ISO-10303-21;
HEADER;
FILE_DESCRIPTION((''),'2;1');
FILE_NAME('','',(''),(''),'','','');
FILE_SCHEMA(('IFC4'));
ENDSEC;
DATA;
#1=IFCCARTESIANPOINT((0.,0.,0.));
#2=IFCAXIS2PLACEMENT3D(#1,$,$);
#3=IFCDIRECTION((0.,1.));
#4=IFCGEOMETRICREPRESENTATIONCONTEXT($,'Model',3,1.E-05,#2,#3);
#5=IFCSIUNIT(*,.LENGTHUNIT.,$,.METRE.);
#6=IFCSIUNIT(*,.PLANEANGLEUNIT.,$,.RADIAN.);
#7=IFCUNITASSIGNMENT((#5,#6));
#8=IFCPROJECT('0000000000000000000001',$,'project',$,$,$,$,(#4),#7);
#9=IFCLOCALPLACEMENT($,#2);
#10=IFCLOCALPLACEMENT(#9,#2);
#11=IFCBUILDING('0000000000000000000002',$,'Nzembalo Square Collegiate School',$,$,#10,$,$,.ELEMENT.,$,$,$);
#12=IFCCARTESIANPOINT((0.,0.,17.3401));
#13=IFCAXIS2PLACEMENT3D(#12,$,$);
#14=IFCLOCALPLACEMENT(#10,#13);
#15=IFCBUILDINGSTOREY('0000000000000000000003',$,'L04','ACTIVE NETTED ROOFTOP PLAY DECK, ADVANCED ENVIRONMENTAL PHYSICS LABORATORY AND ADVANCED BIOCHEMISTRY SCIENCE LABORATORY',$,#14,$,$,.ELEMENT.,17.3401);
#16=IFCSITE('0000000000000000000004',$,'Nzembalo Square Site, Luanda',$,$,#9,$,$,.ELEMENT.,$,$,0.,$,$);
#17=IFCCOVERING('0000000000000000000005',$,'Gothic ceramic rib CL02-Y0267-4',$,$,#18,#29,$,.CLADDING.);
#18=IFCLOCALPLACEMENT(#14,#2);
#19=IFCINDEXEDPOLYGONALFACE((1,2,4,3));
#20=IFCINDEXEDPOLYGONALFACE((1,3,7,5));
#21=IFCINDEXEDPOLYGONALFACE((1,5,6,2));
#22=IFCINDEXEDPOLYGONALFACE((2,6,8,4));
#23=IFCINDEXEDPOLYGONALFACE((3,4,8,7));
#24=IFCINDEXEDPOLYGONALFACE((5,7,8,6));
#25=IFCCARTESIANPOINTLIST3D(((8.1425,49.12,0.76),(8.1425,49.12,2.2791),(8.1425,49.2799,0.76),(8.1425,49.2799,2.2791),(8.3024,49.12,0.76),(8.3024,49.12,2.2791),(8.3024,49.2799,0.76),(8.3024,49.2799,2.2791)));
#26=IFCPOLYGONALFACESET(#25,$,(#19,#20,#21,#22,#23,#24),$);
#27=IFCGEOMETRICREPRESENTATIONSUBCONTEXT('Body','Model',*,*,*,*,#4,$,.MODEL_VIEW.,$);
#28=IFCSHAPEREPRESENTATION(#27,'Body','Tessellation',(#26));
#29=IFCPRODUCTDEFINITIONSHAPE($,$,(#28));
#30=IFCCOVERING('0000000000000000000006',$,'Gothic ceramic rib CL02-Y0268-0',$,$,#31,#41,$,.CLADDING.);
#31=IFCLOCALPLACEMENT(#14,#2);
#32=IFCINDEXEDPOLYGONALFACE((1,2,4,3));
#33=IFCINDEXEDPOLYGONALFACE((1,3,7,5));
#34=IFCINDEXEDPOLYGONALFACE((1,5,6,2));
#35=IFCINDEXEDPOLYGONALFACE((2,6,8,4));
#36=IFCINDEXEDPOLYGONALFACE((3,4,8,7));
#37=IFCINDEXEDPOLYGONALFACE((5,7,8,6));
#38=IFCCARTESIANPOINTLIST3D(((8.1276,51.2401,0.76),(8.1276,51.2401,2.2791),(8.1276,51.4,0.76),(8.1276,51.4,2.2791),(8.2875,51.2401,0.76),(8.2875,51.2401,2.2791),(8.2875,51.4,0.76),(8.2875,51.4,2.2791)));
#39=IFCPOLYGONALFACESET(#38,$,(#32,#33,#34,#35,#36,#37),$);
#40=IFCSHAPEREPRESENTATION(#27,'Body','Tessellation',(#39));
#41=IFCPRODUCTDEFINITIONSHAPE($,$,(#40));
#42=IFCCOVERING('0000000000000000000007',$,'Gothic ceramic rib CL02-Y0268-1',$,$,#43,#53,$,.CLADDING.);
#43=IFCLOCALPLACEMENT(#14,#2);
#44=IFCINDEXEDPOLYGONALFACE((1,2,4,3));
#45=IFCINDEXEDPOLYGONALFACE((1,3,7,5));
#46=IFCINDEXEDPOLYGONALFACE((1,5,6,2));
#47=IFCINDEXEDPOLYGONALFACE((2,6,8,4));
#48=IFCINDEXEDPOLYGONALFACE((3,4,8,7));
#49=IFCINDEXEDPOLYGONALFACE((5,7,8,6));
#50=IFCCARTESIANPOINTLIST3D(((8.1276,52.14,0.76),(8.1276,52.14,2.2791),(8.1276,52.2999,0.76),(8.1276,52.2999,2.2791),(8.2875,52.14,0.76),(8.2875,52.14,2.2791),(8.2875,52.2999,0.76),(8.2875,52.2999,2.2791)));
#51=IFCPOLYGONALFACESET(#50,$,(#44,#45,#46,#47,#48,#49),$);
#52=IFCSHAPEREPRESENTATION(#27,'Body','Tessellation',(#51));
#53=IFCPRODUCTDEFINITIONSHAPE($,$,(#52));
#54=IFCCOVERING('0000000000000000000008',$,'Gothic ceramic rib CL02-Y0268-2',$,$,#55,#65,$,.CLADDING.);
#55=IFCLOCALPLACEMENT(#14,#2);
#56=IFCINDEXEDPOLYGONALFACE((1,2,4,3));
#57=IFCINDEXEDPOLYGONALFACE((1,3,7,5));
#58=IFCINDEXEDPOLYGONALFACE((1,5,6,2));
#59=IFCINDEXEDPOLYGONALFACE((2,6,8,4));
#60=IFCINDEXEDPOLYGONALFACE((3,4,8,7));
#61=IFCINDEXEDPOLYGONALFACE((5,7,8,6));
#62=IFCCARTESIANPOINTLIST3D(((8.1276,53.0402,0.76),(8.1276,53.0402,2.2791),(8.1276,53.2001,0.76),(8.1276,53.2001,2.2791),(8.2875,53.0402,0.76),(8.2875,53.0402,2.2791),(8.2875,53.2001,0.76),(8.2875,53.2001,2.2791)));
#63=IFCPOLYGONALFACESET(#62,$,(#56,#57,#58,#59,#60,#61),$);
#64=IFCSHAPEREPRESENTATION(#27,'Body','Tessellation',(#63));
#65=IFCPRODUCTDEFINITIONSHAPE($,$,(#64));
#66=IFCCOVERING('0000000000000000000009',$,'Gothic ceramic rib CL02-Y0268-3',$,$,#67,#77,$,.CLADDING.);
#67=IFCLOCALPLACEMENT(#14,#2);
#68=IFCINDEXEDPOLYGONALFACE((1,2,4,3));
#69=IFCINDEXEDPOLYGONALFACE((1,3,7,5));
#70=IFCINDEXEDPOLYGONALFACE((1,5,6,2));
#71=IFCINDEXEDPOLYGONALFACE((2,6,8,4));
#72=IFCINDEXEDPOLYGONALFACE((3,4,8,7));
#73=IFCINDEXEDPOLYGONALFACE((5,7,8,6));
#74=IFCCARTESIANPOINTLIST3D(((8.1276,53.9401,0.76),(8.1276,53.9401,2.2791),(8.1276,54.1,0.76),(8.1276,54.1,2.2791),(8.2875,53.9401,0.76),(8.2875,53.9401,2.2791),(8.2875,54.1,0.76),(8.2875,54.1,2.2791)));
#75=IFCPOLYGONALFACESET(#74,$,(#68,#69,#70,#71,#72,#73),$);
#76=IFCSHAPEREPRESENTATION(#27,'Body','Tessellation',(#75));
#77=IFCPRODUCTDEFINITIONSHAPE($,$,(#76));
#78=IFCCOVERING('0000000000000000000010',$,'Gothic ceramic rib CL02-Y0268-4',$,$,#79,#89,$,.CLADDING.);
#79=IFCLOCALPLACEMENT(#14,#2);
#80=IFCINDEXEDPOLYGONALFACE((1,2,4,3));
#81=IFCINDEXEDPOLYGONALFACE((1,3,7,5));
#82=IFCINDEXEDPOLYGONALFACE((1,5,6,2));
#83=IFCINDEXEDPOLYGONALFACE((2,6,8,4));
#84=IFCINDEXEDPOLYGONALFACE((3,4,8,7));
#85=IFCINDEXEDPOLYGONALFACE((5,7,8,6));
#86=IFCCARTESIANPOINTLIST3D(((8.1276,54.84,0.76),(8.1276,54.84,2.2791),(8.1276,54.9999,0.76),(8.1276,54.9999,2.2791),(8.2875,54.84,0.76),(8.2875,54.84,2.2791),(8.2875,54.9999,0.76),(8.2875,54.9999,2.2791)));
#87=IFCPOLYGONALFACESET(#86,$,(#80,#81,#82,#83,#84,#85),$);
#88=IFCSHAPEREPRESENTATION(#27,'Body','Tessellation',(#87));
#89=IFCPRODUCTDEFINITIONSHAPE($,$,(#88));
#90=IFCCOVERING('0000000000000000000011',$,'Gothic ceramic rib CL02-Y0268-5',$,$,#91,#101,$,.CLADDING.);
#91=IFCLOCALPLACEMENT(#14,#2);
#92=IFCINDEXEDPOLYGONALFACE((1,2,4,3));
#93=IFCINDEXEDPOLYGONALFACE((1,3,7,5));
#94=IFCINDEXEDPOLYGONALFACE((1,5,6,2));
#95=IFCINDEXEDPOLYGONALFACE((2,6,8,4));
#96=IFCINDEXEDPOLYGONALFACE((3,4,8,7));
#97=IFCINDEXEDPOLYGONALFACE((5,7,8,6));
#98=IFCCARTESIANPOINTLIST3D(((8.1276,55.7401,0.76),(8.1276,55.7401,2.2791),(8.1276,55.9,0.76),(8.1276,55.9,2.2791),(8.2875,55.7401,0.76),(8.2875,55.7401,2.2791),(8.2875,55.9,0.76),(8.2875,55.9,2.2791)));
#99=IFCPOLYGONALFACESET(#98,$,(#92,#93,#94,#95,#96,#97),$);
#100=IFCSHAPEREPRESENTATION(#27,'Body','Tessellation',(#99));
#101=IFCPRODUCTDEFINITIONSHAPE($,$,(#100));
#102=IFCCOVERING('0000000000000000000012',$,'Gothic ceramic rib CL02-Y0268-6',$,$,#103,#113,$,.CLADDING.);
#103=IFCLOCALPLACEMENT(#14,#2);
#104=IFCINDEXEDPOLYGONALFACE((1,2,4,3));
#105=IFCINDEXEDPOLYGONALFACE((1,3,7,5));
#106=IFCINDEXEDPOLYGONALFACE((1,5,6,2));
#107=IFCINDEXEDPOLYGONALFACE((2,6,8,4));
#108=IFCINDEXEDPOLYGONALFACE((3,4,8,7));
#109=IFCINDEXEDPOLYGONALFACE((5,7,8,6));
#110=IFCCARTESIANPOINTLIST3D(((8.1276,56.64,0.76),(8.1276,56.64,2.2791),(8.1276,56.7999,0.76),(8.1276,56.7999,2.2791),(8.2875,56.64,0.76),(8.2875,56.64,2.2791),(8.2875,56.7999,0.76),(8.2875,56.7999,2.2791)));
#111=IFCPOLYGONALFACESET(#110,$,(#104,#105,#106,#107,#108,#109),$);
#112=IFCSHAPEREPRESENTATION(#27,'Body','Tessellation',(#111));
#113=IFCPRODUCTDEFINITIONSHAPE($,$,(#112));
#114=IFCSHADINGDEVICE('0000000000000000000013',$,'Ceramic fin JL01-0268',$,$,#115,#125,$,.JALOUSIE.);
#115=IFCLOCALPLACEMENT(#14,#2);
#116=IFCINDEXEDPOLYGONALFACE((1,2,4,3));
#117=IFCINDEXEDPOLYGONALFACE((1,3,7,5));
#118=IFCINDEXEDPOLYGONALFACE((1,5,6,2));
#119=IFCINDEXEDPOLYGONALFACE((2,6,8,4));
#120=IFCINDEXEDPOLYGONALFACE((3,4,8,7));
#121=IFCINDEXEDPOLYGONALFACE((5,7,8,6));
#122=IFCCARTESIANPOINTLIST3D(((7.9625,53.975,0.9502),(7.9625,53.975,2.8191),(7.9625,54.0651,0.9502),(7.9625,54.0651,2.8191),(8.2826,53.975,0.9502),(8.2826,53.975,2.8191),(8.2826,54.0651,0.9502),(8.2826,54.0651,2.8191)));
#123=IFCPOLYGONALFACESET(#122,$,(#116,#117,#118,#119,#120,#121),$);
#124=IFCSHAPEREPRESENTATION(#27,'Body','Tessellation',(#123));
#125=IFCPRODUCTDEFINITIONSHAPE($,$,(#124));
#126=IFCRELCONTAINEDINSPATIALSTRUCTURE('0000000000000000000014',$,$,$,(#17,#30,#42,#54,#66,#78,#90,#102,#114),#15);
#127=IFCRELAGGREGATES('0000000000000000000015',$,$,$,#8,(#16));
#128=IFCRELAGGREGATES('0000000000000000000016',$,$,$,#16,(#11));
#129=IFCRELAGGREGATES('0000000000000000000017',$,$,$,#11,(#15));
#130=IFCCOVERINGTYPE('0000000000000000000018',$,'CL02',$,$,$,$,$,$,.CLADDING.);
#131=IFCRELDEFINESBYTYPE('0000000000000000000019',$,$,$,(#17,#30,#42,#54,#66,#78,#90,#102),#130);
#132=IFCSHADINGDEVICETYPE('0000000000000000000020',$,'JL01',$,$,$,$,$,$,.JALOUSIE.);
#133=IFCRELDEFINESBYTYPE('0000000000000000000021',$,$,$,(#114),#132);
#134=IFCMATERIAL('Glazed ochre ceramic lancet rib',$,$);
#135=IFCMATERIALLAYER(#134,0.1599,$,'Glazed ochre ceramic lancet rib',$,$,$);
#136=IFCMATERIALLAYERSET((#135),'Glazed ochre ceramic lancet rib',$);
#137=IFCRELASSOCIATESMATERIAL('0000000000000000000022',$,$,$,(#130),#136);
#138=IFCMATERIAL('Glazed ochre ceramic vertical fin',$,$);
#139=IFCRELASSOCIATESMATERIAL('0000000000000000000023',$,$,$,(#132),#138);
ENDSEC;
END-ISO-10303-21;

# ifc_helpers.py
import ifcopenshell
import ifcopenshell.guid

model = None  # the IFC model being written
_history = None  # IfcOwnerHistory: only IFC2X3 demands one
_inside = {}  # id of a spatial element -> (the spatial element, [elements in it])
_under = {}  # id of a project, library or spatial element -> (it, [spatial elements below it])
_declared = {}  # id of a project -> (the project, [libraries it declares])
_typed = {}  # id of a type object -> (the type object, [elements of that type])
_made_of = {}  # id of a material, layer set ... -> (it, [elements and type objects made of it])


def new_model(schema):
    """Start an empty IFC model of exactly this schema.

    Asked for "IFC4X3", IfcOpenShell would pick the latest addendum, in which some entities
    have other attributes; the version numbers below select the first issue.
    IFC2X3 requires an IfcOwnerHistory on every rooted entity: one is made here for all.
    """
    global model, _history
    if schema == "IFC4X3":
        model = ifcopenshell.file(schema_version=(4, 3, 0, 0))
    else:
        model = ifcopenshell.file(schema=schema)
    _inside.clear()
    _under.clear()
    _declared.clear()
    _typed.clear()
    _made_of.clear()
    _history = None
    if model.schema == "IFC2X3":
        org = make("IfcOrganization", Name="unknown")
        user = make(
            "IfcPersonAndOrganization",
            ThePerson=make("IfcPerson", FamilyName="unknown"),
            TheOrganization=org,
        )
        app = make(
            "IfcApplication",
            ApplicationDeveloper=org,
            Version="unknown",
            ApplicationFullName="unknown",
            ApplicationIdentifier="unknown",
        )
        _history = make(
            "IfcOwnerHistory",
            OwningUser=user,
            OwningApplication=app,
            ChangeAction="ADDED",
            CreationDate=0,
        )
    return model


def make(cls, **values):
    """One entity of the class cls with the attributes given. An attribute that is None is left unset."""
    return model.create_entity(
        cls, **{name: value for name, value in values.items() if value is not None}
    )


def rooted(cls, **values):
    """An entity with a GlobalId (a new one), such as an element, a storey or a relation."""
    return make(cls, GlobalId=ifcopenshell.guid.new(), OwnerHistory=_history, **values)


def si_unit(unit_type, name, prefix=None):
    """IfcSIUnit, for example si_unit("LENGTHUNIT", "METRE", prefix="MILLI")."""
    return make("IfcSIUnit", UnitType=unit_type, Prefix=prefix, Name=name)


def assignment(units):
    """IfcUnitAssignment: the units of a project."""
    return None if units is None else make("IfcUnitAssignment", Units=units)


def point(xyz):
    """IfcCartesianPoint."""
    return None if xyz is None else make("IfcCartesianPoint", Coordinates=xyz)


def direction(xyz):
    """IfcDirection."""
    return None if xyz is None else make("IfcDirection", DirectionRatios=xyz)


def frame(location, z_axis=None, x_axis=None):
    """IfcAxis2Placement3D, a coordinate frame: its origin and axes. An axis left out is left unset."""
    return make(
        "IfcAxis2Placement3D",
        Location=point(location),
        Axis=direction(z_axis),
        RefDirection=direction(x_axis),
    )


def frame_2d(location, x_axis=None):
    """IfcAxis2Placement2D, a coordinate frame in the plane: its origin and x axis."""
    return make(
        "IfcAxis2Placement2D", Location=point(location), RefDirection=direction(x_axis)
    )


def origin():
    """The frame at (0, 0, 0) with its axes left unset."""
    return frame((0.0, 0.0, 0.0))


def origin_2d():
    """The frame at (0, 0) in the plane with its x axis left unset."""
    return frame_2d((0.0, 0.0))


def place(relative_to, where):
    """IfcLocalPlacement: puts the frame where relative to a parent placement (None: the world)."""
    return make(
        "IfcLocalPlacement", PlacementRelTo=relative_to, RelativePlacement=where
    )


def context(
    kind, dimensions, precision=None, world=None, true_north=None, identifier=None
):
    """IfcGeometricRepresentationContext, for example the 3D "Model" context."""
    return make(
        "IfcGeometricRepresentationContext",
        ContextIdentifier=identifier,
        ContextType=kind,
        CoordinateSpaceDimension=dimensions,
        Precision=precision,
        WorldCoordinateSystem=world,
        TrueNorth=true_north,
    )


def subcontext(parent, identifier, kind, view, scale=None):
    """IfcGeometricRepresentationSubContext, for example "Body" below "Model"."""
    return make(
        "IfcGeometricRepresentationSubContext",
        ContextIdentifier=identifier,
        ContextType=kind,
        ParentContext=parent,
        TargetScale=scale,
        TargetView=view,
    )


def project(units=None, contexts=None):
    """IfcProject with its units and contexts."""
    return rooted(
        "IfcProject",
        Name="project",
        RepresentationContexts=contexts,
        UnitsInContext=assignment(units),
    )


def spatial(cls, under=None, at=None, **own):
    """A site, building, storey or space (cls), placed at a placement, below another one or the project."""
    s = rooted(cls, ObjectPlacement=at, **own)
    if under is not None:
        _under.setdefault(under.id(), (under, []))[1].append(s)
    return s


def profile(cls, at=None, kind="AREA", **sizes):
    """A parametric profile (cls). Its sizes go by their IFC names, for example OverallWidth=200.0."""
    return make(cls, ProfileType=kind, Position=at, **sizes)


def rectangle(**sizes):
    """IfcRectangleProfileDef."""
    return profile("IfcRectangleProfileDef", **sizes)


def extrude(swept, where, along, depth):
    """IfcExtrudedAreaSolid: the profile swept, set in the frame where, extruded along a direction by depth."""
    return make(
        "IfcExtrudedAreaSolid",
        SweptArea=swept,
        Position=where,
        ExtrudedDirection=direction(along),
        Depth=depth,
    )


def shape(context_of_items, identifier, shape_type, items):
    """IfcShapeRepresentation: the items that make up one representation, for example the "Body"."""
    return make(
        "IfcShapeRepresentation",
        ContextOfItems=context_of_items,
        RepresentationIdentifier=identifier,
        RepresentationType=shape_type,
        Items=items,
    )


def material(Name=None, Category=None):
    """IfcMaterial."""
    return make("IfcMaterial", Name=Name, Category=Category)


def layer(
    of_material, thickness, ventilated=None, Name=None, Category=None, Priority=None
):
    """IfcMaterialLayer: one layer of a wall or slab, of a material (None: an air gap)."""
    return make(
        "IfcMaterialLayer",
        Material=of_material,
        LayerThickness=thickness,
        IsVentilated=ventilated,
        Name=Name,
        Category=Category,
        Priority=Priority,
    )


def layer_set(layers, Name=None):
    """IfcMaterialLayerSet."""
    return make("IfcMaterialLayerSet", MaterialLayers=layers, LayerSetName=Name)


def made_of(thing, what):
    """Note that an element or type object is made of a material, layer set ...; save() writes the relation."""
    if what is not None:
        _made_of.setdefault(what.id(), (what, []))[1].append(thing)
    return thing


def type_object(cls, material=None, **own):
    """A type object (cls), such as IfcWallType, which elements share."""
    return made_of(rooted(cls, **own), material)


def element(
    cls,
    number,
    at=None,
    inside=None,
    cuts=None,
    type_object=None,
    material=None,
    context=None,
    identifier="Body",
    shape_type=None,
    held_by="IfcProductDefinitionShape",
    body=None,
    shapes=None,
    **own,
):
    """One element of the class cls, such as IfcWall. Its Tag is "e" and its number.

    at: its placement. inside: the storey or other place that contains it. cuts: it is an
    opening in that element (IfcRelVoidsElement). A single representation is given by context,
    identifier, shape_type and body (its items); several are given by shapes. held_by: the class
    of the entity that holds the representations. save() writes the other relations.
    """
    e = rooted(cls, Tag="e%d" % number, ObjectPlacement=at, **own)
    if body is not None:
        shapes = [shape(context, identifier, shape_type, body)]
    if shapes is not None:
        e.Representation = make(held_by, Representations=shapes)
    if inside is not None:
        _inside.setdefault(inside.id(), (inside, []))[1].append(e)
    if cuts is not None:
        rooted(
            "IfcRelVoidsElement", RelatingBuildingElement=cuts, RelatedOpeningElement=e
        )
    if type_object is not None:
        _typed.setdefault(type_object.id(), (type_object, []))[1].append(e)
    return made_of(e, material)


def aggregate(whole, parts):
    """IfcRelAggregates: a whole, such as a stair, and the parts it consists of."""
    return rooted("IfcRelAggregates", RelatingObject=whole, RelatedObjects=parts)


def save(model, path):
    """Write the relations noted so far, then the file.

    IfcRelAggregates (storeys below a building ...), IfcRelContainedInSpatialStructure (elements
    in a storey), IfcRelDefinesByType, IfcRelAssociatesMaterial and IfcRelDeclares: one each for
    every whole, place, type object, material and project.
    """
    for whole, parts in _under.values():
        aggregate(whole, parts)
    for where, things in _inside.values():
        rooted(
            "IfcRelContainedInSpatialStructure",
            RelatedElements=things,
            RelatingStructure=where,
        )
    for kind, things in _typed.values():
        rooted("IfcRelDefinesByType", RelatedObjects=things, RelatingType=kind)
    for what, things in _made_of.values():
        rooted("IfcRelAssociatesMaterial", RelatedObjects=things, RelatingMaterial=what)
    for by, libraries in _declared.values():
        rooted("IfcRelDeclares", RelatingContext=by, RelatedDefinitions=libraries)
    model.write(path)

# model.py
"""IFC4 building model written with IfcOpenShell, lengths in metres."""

from ifc_helpers import new_model, si_unit, direction, frame, origin, origin_2d, place, context, subcontext, project, spatial, rectangle, extrude, material, layer, layer_set, type_object, element, save


model = new_model("IFC4")

# Units and contexts
model_context = context("Model", 3, precision=1e-05, world=origin(), true_north=direction((0.0, 1.0)))
body_context = subcontext(model_context, "Body", "Model", "MODEL_VIEW")
ifc_project = project(units=[si_unit("LENGTHUNIT", "METRE"), si_unit("PLANEANGLEUNIT", "RADIAN")], contexts=[model_context])

# Site, building, storey
site_placement = place(None, origin())
site = spatial("IfcSite", under=ifc_project, at=site_placement, Name="Nzembalo Square Site, Luanda", CompositionType="ELEMENT", RefElevation=0.0)
building_placement = place(site_placement, origin())
building = spatial("IfcBuilding", under=site, at=building_placement, Name="Nzembalo Square Collegiate School", CompositionType="ELEMENT")
storey_placement = place(building_placement, frame((0.0, 0.0, 17.3401)))
storey = spatial("IfcBuildingStorey", under=building, at=storey_placement, Name="L04", Description="ACTIVE NETTED ROOFTOP PLAY DECK, ADVANCED ENVIRONMENTAL PHYSICS LABORATORY AND ADVANCED BIOCHEMISTRY SCIENCE LABORATORY", CompositionType="ELEMENT", Elevation=17.3401)

# Coverings
ifc_material_1 = material(Name="Glazed ochre ceramic lancet rib")
ifc_layer_1 = layer(ifc_material_1, 0.1599, Name="Glazed ochre ceramic lancet rib")
ifc_layer_set_1 = layer_set([ifc_layer_1], Name="Glazed ochre ceramic lancet rib")
covering_type_1 = type_object("IfcCoveringType", Name="CL02", PredefinedType="CLADDING", material=ifc_layer_set_1)
for number, where, z_axis, x_axis, name in (
    (1, (8.2224, 49.2, 0.76), (0.0, 0.0, 1.0), (1.0, 0.0, 0.0), "Gothic ceramic rib CL02-Y0267-4"),
    (2, (8.2075, 51.3201, 0.76), (0.0, 0.0, 1.0), (1.0, 0.0, 0.0), "Gothic ceramic rib CL02-Y0268-0"),
    (3, (8.2075, 52.22, 0.76), (0.0, 0.0, 1.0), (1.0, 0.0, 0.0), "Gothic ceramic rib CL02-Y0268-1"),
    (4, (8.2075, 53.1201, 0.76), (0.0, 0.0, 1.0), (1.0, 0.0, 0.0), "Gothic ceramic rib CL02-Y0268-2"),
    (5, (8.2075, 54.02, 0.76), (0.0, 0.0, 1.0), (1.0, 0.0, 0.0), "Gothic ceramic rib CL02-Y0268-3"),
    (6, (8.2075, 54.9199, 0.76), (0.0, 0.0, 1.0), (1.0, 0.0, 0.0), "Gothic ceramic rib CL02-Y0268-4"),
    (7, (8.2075, 55.8201, 0.76), (0.0, 0.0, 1.0), (1.0, 0.0, 0.0), "Gothic ceramic rib CL02-Y0268-5"),
    (8, (8.2075, 56.72, 0.76), (0.0, 0.0, 1.0), (1.0, 0.0, 0.0), "Gothic ceramic rib CL02-Y0268-6"),
):
    element("IfcCovering", number, at=place(storey_placement, frame(where, z_axis=z_axis, x_axis=x_axis)), inside=storey, type_object=covering_type_1, Name=name, PredefinedType="CLADDING", context=body_context, shape_type="SweptSolid", body=[
        extrude(rectangle(XDim=0.1599, YDim=0.1599, at=origin_2d()), origin(), (0.0, 0.0, 1.0), 1.519),
    ])

# Shading device
ifc_material_2 = material(Name="Glazed ochre ceramic vertical fin")
shading_device_type = type_object("IfcShadingDeviceType", Name="JL01", PredefinedType="JALOUSIE", material=ifc_material_2)
shading_device_placement = place(storey_placement, frame((8.1226, 54.02, 0.9502), z_axis=(0.0, 0.0, 1.0), x_axis=(1.0, 0.0, 0.0)))
element("IfcShadingDevice", 9, at=shading_device_placement, inside=storey, type_object=shading_device_type, Name="Ceramic fin JL01-0268", PredefinedType="JALOUSIE", context=body_context, shape_type="SweptSolid", body=[
    extrude(rectangle(XDim=0.3201, YDim=0.0901, at=origin_2d()), origin(), (0.0, 0.0, 1.0), 1.8689),
])

save(model, "model.ifc")
